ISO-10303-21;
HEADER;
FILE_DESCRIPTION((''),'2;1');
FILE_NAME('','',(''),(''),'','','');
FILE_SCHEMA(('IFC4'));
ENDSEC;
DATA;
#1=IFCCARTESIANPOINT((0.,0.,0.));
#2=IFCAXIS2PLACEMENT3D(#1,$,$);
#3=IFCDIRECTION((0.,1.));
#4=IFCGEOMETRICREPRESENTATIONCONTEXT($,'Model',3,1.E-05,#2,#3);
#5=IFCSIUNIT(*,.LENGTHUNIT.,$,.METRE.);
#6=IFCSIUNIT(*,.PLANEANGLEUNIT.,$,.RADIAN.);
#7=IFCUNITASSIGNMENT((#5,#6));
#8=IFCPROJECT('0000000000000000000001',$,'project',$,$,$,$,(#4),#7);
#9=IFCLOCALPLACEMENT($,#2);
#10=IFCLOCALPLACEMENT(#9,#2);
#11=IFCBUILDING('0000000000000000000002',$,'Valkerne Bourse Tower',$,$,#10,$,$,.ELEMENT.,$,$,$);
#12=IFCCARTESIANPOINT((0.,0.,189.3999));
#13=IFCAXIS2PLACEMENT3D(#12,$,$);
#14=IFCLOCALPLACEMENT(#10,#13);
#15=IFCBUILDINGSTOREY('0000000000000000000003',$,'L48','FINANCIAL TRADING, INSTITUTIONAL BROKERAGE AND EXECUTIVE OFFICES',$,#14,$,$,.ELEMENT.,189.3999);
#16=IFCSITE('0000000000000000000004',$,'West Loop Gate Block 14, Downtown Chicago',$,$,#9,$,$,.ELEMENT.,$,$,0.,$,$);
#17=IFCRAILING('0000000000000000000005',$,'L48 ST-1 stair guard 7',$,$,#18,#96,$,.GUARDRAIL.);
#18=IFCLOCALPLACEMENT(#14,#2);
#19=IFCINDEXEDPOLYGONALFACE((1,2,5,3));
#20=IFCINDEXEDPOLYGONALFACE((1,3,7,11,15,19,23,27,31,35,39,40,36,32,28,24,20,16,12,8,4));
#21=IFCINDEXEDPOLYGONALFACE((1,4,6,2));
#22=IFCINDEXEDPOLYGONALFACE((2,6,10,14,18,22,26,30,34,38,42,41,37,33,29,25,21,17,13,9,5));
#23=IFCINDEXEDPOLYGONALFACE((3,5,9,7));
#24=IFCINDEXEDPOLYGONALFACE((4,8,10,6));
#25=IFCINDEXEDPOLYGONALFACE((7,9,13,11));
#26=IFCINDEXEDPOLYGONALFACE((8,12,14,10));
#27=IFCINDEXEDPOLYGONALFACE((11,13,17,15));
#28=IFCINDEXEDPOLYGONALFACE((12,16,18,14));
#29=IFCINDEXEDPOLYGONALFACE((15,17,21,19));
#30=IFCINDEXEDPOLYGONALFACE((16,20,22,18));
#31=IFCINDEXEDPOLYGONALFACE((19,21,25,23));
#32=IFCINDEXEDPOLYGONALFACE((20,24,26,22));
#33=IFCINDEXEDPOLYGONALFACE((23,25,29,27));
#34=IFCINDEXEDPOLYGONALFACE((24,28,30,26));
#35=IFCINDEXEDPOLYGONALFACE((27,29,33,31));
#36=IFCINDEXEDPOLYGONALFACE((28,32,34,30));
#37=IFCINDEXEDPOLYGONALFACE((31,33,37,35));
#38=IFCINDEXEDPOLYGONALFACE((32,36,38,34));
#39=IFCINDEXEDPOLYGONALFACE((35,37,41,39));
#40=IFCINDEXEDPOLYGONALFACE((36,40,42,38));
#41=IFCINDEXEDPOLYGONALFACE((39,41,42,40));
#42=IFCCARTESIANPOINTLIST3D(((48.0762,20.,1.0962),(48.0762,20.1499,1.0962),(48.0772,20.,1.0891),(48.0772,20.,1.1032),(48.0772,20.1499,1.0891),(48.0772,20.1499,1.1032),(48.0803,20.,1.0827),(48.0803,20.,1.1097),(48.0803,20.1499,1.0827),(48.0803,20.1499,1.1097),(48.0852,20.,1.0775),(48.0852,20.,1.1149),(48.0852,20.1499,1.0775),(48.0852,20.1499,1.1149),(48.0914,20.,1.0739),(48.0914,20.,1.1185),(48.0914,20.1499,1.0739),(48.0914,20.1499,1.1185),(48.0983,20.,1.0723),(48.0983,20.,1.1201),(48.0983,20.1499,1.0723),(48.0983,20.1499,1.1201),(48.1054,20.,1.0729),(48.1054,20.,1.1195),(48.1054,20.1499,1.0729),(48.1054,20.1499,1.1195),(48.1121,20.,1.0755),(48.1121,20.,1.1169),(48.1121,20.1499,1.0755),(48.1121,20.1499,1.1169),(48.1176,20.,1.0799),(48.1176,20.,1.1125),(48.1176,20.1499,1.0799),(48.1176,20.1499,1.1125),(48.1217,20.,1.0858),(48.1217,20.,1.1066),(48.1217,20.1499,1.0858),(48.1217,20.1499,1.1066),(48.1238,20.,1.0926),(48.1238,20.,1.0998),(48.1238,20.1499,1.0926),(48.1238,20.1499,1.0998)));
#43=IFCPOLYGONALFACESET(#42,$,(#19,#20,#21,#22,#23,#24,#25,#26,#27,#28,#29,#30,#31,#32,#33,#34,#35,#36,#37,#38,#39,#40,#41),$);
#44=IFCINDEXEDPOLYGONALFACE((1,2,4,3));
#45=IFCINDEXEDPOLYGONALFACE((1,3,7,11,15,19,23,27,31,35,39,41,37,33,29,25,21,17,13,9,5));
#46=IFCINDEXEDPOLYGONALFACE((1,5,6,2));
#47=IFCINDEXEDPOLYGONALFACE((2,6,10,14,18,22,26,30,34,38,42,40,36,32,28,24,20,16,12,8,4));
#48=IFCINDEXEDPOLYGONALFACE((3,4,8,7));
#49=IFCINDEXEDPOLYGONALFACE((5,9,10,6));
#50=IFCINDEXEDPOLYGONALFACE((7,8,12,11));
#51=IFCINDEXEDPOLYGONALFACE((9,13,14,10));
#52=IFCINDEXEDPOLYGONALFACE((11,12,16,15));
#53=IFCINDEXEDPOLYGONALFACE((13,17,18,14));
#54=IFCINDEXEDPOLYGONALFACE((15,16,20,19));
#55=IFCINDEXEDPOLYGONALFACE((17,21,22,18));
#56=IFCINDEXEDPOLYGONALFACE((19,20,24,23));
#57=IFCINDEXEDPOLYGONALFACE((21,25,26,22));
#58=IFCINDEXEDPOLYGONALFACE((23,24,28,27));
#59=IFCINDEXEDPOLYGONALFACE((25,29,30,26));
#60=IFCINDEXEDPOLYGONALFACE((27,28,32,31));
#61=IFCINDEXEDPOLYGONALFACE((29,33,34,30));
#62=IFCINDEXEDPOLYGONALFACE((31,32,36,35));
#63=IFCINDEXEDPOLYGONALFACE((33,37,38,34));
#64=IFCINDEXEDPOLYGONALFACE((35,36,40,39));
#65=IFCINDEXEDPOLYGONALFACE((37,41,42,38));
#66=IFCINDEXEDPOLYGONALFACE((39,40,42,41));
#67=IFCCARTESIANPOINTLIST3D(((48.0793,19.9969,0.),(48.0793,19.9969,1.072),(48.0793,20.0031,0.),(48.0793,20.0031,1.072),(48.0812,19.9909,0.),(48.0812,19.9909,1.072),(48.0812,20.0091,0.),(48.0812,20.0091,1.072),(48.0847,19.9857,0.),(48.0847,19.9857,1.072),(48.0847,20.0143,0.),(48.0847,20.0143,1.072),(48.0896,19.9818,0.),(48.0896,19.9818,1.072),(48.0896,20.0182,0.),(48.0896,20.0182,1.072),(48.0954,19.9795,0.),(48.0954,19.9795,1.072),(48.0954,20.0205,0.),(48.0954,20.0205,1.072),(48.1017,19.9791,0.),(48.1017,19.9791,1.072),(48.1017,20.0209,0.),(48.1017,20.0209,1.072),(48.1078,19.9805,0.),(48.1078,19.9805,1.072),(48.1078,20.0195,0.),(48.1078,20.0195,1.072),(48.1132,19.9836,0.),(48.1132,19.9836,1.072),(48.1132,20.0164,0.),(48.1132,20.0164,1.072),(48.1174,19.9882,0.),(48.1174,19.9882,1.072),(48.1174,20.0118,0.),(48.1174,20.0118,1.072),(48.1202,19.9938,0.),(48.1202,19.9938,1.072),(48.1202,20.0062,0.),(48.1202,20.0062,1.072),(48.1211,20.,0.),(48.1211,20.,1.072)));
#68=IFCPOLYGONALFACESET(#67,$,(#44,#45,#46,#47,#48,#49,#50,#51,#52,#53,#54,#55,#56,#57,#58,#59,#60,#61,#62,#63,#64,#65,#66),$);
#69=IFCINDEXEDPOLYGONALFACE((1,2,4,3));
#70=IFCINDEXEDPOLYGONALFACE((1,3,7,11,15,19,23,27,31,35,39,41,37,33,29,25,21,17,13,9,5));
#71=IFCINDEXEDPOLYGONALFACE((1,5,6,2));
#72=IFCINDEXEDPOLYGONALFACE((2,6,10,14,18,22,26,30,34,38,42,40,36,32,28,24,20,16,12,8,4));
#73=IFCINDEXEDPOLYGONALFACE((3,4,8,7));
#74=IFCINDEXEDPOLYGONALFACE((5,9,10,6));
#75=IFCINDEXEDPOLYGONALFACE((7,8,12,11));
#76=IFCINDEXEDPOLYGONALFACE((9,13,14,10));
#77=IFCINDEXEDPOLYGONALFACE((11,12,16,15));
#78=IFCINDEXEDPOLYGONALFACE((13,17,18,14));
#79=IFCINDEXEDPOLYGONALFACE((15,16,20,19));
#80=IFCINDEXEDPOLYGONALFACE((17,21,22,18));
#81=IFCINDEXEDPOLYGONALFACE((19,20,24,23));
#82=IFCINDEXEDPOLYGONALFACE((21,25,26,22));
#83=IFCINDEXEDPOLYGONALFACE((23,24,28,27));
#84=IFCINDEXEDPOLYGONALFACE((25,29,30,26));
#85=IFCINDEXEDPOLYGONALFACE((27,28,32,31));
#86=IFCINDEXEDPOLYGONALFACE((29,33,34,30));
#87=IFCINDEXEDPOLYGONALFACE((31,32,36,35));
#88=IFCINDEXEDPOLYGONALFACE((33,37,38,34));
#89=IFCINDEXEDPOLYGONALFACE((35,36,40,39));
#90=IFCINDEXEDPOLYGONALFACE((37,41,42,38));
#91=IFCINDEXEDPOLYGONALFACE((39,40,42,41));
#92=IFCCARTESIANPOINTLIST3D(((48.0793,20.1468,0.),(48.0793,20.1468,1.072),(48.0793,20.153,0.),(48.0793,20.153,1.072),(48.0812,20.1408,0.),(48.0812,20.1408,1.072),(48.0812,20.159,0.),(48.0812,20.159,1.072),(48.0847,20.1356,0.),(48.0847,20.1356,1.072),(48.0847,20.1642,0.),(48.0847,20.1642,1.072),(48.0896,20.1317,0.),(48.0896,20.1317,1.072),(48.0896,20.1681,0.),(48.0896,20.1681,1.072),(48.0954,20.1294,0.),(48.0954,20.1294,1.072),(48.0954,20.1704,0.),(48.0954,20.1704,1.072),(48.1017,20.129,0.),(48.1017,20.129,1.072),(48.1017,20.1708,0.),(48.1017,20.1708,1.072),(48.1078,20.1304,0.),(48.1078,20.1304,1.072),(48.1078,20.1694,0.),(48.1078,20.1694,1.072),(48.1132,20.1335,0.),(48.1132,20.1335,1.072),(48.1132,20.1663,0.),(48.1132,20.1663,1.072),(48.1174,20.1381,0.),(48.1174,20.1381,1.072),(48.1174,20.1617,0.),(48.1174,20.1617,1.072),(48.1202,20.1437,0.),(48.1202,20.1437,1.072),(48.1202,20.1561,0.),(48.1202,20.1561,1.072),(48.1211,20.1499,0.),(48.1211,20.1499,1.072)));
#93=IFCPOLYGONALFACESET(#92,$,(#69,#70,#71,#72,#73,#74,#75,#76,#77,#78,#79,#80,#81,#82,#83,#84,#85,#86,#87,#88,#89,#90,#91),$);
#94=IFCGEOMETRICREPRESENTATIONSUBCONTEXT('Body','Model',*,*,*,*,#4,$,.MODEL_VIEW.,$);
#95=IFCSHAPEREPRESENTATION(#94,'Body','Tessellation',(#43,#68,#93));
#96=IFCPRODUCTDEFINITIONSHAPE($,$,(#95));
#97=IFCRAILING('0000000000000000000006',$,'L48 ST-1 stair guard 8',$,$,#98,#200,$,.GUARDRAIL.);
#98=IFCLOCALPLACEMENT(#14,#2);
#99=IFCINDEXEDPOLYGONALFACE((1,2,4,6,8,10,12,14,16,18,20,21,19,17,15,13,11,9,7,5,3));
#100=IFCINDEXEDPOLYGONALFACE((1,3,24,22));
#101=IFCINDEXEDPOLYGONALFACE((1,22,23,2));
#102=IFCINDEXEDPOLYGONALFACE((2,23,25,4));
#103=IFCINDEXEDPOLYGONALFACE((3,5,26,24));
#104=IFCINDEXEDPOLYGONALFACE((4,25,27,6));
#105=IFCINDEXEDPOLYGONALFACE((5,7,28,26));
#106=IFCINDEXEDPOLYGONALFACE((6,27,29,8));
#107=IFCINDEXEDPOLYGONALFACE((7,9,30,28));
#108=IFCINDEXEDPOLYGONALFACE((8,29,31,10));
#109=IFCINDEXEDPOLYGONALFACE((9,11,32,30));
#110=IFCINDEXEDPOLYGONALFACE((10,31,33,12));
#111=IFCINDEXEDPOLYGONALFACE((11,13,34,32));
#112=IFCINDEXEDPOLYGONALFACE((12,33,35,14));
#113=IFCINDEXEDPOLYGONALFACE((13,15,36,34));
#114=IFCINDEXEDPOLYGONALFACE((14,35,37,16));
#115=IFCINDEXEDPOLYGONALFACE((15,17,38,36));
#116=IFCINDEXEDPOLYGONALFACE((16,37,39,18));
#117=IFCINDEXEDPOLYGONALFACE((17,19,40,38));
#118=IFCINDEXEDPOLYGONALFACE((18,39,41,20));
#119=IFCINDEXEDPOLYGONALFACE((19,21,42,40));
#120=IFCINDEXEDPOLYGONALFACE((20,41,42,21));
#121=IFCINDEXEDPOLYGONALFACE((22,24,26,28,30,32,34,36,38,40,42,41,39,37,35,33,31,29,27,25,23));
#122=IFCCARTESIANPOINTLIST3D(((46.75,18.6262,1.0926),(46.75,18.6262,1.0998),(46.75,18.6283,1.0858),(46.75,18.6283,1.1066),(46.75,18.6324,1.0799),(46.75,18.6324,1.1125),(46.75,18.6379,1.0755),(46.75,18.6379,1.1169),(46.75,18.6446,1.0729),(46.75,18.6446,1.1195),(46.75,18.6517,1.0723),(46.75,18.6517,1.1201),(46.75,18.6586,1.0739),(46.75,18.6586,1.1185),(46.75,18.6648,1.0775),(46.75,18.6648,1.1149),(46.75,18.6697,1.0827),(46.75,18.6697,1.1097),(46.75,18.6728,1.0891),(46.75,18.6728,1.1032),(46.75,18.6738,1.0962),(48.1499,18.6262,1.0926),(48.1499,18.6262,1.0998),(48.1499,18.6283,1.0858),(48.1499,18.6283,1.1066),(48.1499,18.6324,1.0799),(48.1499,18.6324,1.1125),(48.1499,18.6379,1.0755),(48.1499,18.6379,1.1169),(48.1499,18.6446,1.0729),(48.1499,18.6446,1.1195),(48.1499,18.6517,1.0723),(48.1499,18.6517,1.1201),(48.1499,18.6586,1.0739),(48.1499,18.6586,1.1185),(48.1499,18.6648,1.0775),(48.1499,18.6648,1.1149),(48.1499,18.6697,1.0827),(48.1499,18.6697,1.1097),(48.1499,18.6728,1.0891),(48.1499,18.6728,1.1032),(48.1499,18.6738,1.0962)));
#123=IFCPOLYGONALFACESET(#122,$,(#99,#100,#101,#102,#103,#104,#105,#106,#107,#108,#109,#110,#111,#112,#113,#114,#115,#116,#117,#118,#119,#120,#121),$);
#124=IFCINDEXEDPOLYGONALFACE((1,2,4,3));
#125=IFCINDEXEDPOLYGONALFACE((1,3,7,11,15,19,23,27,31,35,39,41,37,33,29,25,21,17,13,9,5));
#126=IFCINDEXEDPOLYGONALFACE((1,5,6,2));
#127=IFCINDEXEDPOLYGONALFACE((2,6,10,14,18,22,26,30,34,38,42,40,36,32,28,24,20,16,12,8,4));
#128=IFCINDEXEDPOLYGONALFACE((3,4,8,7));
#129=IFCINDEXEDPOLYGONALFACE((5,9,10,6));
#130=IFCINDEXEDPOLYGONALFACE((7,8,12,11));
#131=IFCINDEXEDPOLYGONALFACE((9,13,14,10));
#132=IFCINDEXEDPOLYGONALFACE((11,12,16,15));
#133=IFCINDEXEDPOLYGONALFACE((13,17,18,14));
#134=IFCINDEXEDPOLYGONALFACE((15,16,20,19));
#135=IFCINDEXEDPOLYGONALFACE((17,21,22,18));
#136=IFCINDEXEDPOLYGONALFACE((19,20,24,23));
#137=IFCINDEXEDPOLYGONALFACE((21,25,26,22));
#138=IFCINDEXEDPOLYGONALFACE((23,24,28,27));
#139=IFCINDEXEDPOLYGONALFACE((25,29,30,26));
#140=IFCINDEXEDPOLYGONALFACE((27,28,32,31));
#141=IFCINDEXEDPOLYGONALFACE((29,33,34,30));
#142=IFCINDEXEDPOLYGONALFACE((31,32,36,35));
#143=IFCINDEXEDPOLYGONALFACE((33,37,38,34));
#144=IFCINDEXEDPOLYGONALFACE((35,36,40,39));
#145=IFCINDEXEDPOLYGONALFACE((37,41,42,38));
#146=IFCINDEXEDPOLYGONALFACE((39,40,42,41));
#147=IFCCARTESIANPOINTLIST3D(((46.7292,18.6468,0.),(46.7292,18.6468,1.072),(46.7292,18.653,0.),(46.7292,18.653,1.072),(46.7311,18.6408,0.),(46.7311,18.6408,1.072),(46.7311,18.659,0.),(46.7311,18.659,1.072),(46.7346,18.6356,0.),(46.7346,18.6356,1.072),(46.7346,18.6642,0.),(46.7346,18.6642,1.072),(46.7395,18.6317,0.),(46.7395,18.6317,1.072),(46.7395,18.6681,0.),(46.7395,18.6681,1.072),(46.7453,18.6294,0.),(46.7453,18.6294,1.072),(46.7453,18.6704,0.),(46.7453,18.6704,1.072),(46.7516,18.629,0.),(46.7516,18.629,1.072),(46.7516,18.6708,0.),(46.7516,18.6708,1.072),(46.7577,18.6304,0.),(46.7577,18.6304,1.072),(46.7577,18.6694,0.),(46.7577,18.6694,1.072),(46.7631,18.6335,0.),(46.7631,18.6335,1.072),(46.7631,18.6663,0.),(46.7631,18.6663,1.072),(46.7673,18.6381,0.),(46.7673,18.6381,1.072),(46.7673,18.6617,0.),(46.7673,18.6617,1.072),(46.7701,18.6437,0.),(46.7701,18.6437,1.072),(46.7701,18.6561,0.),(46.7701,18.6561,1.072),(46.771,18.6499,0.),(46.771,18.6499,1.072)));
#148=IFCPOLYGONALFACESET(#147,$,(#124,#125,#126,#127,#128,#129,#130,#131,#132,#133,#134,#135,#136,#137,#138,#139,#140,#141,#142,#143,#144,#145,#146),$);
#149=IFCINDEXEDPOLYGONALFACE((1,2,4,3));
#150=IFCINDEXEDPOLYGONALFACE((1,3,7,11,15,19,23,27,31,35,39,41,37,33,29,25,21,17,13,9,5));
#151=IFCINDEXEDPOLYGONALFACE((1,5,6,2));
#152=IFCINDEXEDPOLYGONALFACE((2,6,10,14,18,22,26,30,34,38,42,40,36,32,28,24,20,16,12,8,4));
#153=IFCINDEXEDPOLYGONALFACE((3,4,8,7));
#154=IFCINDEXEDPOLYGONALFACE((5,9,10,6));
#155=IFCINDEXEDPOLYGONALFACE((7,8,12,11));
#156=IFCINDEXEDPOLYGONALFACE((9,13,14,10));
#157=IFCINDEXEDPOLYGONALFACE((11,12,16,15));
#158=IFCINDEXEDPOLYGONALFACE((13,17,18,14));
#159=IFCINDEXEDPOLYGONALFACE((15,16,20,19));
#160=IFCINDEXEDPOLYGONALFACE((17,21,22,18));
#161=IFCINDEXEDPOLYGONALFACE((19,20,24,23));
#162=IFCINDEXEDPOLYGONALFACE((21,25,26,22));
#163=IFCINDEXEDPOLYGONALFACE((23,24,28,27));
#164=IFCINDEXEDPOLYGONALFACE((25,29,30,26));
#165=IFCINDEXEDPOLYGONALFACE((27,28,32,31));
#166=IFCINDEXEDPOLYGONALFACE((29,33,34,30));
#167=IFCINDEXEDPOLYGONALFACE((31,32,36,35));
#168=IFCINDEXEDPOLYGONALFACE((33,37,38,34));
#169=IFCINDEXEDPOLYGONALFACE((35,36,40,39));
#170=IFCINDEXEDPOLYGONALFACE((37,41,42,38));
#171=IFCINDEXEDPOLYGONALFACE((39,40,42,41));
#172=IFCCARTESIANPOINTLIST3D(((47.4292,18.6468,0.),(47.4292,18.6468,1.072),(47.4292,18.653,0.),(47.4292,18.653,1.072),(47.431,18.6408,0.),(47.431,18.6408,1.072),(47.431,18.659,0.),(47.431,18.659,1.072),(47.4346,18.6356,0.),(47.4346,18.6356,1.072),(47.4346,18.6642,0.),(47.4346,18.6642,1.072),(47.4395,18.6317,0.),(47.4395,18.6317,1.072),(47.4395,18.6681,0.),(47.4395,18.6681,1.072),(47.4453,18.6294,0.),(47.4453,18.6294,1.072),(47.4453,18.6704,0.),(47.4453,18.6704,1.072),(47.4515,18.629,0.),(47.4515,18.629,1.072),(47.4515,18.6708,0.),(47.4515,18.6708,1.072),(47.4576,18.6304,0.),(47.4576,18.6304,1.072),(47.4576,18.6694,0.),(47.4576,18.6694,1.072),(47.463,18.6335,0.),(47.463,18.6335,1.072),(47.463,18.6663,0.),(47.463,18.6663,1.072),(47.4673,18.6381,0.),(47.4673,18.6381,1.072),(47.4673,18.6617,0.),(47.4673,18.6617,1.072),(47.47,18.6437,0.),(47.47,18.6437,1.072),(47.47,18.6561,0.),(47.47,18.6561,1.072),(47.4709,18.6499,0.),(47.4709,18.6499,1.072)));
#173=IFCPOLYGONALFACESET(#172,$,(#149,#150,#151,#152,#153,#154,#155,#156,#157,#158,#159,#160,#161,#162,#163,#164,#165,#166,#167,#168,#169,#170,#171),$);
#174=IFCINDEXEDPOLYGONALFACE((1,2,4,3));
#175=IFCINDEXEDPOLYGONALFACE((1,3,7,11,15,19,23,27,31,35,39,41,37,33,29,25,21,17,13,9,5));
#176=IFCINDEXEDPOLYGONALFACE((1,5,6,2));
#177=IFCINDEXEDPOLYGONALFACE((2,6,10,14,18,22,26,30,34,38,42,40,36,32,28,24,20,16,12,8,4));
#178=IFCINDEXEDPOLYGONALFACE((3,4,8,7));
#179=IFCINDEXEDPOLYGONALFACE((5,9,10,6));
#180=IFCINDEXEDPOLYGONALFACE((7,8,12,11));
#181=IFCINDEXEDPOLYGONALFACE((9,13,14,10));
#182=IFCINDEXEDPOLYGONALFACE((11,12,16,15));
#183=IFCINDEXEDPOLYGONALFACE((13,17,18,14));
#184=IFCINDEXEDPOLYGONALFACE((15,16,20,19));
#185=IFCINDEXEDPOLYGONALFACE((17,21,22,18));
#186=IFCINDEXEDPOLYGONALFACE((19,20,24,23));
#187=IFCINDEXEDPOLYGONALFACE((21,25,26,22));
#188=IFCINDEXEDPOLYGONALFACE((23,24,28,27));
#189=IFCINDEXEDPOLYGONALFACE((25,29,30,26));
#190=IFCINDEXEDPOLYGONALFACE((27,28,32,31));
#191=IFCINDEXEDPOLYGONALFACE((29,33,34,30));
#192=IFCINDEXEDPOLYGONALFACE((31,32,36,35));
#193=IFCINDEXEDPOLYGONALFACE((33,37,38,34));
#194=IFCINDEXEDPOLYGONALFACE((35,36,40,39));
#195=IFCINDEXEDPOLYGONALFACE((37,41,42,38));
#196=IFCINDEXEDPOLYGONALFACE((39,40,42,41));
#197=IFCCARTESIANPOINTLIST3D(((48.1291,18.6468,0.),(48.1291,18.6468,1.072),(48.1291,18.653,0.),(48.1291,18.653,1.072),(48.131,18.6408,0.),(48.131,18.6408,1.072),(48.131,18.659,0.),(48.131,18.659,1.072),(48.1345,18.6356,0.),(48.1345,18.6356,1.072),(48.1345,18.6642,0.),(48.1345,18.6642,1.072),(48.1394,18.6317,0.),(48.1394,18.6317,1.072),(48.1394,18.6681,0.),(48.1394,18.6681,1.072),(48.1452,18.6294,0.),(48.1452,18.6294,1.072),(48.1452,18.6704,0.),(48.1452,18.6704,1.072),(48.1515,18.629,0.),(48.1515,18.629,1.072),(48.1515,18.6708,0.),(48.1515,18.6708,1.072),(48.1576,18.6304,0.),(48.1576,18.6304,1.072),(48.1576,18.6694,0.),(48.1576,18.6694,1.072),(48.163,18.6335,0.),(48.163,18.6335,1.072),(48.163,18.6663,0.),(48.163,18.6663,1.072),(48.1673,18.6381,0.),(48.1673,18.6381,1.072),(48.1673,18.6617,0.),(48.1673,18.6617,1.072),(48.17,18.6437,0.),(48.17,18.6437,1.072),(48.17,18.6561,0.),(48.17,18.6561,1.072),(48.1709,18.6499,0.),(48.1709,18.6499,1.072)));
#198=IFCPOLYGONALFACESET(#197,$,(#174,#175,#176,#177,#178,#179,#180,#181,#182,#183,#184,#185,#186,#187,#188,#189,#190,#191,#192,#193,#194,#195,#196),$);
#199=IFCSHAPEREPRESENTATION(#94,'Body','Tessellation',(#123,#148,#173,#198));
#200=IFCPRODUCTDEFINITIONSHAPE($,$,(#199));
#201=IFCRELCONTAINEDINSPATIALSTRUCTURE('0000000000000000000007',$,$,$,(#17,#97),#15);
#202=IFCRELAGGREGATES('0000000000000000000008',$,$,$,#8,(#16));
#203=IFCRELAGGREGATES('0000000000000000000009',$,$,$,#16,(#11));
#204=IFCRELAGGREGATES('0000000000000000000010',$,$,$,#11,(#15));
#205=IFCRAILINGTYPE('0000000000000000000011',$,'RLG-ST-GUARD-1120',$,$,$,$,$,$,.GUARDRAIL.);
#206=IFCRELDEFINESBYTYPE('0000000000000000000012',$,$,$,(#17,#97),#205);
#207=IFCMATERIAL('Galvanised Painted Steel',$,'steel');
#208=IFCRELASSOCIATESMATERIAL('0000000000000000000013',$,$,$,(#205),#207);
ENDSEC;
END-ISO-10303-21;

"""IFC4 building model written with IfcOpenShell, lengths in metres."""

from ifc_helpers import new_model, si_unit, direction, frame, origin, origin_2d, place, context, subcontext, project, spatial, circle, extrude, material, type_object, element, save


model = new_model("IFC4")

# Units and contexts
model_context = context("Model", 3, precision=1e-05, world=origin(), true_north=direction((0.0, 1.0)))
body_context = subcontext(model_context, "Body", "Model", "MODEL_VIEW")
ifc_project = project(units=[si_unit("LENGTHUNIT", "METRE"), si_unit("PLANEANGLEUNIT", "RADIAN")], contexts=[model_context])

# Site, building, storey
site_placement = place(None, origin())
site = spatial("IfcSite", under=ifc_project, at=site_placement, Name="West Loop Gate Block 14, Downtown Chicago", CompositionType="ELEMENT", RefElevation=0.0)
building_placement = place(site_placement, origin())
building = spatial("IfcBuilding", under=site, at=building_placement, Name="Valkerne Bourse Tower", CompositionType="ELEMENT")
storey_placement = place(building_placement, frame((0.0, 0.0, 189.3999)))
storey = spatial("IfcBuildingStorey", under=building, at=storey_placement, Name="L48", Description="FINANCIAL TRADING, INSTITUTIONAL BROKERAGE AND EXECUTIVE OFFICES", CompositionType="ELEMENT", Elevation=189.3999)

# Shared definitions
ifc_material_1 = material(Name="Galvanised Painted Steel", Category="steel")

# Railings
railing_type_1 = type_object("IfcRailingType", Name="RLG-ST-GUARD-1120", PredefinedType="GUARDRAIL", material=ifc_material_1)
railing_1_placement = place(storey_placement, frame((48.1001, 20.0, 0.0)))
element("IfcRailing", 1, at=railing_1_placement, inside=storey, type_object=railing_type_1, Name="L48 ST-1 stair guard 7", PredefinedType="GUARDRAIL", context=body_context, shape_type="SweptSolid", body=[
    extrude(circle(Radius=0.0239, at=origin_2d()), frame((0.0, 0.0, 1.0962), z_axis=(0.0, 1.0, 0.0), x_axis=(-1.0, 0.0, 0.0)), (0.0, 0.0, 1.0), 0.1499),
    extrude(circle(Radius=0.021, at=origin_2d()), origin(), (0.0, 0.0, 1.0), 1.072),
    extrude(circle(Radius=0.021, at=origin_2d()), frame((0.0, 0.1499, 0.0)), (0.0, 0.0, 1.0), 1.072),
])
for number, where, name in (
    (2, (46.75, 18.6499, 0.0), "L48 ST-1 stair guard 8"),
):
    element("IfcRailing", number, at=place(storey_placement, frame(where)), inside=storey, type_object=railing_type_1, Name=name, PredefinedType="GUARDRAIL", context=body_context, shape_type="SweptSolid", body=[
        extrude(circle(Radius=0.0239, at=origin_2d()), frame((0.0, 0.0, 1.0962), z_axis=(1.0, 0.0, 0.0), x_axis=(0.0, 1.0, 0.0)), (0.0, 0.0, 1.0), 1.3999),
        extrude(circle(Radius=0.021, at=origin_2d()), origin(), (0.0, 0.0, 1.0), 1.072),
        extrude(circle(Radius=0.021, at=origin_2d()), frame((0.7, 0.0, 0.0)), (0.0, 0.0, 1.0), 1.072),
        extrude(circle(Radius=0.021, at=origin_2d()), frame((1.3999, 0.0, 0.0)), (0.0, 0.0, 1.0), 1.072),
    ])

save(model, "model.ifc")
